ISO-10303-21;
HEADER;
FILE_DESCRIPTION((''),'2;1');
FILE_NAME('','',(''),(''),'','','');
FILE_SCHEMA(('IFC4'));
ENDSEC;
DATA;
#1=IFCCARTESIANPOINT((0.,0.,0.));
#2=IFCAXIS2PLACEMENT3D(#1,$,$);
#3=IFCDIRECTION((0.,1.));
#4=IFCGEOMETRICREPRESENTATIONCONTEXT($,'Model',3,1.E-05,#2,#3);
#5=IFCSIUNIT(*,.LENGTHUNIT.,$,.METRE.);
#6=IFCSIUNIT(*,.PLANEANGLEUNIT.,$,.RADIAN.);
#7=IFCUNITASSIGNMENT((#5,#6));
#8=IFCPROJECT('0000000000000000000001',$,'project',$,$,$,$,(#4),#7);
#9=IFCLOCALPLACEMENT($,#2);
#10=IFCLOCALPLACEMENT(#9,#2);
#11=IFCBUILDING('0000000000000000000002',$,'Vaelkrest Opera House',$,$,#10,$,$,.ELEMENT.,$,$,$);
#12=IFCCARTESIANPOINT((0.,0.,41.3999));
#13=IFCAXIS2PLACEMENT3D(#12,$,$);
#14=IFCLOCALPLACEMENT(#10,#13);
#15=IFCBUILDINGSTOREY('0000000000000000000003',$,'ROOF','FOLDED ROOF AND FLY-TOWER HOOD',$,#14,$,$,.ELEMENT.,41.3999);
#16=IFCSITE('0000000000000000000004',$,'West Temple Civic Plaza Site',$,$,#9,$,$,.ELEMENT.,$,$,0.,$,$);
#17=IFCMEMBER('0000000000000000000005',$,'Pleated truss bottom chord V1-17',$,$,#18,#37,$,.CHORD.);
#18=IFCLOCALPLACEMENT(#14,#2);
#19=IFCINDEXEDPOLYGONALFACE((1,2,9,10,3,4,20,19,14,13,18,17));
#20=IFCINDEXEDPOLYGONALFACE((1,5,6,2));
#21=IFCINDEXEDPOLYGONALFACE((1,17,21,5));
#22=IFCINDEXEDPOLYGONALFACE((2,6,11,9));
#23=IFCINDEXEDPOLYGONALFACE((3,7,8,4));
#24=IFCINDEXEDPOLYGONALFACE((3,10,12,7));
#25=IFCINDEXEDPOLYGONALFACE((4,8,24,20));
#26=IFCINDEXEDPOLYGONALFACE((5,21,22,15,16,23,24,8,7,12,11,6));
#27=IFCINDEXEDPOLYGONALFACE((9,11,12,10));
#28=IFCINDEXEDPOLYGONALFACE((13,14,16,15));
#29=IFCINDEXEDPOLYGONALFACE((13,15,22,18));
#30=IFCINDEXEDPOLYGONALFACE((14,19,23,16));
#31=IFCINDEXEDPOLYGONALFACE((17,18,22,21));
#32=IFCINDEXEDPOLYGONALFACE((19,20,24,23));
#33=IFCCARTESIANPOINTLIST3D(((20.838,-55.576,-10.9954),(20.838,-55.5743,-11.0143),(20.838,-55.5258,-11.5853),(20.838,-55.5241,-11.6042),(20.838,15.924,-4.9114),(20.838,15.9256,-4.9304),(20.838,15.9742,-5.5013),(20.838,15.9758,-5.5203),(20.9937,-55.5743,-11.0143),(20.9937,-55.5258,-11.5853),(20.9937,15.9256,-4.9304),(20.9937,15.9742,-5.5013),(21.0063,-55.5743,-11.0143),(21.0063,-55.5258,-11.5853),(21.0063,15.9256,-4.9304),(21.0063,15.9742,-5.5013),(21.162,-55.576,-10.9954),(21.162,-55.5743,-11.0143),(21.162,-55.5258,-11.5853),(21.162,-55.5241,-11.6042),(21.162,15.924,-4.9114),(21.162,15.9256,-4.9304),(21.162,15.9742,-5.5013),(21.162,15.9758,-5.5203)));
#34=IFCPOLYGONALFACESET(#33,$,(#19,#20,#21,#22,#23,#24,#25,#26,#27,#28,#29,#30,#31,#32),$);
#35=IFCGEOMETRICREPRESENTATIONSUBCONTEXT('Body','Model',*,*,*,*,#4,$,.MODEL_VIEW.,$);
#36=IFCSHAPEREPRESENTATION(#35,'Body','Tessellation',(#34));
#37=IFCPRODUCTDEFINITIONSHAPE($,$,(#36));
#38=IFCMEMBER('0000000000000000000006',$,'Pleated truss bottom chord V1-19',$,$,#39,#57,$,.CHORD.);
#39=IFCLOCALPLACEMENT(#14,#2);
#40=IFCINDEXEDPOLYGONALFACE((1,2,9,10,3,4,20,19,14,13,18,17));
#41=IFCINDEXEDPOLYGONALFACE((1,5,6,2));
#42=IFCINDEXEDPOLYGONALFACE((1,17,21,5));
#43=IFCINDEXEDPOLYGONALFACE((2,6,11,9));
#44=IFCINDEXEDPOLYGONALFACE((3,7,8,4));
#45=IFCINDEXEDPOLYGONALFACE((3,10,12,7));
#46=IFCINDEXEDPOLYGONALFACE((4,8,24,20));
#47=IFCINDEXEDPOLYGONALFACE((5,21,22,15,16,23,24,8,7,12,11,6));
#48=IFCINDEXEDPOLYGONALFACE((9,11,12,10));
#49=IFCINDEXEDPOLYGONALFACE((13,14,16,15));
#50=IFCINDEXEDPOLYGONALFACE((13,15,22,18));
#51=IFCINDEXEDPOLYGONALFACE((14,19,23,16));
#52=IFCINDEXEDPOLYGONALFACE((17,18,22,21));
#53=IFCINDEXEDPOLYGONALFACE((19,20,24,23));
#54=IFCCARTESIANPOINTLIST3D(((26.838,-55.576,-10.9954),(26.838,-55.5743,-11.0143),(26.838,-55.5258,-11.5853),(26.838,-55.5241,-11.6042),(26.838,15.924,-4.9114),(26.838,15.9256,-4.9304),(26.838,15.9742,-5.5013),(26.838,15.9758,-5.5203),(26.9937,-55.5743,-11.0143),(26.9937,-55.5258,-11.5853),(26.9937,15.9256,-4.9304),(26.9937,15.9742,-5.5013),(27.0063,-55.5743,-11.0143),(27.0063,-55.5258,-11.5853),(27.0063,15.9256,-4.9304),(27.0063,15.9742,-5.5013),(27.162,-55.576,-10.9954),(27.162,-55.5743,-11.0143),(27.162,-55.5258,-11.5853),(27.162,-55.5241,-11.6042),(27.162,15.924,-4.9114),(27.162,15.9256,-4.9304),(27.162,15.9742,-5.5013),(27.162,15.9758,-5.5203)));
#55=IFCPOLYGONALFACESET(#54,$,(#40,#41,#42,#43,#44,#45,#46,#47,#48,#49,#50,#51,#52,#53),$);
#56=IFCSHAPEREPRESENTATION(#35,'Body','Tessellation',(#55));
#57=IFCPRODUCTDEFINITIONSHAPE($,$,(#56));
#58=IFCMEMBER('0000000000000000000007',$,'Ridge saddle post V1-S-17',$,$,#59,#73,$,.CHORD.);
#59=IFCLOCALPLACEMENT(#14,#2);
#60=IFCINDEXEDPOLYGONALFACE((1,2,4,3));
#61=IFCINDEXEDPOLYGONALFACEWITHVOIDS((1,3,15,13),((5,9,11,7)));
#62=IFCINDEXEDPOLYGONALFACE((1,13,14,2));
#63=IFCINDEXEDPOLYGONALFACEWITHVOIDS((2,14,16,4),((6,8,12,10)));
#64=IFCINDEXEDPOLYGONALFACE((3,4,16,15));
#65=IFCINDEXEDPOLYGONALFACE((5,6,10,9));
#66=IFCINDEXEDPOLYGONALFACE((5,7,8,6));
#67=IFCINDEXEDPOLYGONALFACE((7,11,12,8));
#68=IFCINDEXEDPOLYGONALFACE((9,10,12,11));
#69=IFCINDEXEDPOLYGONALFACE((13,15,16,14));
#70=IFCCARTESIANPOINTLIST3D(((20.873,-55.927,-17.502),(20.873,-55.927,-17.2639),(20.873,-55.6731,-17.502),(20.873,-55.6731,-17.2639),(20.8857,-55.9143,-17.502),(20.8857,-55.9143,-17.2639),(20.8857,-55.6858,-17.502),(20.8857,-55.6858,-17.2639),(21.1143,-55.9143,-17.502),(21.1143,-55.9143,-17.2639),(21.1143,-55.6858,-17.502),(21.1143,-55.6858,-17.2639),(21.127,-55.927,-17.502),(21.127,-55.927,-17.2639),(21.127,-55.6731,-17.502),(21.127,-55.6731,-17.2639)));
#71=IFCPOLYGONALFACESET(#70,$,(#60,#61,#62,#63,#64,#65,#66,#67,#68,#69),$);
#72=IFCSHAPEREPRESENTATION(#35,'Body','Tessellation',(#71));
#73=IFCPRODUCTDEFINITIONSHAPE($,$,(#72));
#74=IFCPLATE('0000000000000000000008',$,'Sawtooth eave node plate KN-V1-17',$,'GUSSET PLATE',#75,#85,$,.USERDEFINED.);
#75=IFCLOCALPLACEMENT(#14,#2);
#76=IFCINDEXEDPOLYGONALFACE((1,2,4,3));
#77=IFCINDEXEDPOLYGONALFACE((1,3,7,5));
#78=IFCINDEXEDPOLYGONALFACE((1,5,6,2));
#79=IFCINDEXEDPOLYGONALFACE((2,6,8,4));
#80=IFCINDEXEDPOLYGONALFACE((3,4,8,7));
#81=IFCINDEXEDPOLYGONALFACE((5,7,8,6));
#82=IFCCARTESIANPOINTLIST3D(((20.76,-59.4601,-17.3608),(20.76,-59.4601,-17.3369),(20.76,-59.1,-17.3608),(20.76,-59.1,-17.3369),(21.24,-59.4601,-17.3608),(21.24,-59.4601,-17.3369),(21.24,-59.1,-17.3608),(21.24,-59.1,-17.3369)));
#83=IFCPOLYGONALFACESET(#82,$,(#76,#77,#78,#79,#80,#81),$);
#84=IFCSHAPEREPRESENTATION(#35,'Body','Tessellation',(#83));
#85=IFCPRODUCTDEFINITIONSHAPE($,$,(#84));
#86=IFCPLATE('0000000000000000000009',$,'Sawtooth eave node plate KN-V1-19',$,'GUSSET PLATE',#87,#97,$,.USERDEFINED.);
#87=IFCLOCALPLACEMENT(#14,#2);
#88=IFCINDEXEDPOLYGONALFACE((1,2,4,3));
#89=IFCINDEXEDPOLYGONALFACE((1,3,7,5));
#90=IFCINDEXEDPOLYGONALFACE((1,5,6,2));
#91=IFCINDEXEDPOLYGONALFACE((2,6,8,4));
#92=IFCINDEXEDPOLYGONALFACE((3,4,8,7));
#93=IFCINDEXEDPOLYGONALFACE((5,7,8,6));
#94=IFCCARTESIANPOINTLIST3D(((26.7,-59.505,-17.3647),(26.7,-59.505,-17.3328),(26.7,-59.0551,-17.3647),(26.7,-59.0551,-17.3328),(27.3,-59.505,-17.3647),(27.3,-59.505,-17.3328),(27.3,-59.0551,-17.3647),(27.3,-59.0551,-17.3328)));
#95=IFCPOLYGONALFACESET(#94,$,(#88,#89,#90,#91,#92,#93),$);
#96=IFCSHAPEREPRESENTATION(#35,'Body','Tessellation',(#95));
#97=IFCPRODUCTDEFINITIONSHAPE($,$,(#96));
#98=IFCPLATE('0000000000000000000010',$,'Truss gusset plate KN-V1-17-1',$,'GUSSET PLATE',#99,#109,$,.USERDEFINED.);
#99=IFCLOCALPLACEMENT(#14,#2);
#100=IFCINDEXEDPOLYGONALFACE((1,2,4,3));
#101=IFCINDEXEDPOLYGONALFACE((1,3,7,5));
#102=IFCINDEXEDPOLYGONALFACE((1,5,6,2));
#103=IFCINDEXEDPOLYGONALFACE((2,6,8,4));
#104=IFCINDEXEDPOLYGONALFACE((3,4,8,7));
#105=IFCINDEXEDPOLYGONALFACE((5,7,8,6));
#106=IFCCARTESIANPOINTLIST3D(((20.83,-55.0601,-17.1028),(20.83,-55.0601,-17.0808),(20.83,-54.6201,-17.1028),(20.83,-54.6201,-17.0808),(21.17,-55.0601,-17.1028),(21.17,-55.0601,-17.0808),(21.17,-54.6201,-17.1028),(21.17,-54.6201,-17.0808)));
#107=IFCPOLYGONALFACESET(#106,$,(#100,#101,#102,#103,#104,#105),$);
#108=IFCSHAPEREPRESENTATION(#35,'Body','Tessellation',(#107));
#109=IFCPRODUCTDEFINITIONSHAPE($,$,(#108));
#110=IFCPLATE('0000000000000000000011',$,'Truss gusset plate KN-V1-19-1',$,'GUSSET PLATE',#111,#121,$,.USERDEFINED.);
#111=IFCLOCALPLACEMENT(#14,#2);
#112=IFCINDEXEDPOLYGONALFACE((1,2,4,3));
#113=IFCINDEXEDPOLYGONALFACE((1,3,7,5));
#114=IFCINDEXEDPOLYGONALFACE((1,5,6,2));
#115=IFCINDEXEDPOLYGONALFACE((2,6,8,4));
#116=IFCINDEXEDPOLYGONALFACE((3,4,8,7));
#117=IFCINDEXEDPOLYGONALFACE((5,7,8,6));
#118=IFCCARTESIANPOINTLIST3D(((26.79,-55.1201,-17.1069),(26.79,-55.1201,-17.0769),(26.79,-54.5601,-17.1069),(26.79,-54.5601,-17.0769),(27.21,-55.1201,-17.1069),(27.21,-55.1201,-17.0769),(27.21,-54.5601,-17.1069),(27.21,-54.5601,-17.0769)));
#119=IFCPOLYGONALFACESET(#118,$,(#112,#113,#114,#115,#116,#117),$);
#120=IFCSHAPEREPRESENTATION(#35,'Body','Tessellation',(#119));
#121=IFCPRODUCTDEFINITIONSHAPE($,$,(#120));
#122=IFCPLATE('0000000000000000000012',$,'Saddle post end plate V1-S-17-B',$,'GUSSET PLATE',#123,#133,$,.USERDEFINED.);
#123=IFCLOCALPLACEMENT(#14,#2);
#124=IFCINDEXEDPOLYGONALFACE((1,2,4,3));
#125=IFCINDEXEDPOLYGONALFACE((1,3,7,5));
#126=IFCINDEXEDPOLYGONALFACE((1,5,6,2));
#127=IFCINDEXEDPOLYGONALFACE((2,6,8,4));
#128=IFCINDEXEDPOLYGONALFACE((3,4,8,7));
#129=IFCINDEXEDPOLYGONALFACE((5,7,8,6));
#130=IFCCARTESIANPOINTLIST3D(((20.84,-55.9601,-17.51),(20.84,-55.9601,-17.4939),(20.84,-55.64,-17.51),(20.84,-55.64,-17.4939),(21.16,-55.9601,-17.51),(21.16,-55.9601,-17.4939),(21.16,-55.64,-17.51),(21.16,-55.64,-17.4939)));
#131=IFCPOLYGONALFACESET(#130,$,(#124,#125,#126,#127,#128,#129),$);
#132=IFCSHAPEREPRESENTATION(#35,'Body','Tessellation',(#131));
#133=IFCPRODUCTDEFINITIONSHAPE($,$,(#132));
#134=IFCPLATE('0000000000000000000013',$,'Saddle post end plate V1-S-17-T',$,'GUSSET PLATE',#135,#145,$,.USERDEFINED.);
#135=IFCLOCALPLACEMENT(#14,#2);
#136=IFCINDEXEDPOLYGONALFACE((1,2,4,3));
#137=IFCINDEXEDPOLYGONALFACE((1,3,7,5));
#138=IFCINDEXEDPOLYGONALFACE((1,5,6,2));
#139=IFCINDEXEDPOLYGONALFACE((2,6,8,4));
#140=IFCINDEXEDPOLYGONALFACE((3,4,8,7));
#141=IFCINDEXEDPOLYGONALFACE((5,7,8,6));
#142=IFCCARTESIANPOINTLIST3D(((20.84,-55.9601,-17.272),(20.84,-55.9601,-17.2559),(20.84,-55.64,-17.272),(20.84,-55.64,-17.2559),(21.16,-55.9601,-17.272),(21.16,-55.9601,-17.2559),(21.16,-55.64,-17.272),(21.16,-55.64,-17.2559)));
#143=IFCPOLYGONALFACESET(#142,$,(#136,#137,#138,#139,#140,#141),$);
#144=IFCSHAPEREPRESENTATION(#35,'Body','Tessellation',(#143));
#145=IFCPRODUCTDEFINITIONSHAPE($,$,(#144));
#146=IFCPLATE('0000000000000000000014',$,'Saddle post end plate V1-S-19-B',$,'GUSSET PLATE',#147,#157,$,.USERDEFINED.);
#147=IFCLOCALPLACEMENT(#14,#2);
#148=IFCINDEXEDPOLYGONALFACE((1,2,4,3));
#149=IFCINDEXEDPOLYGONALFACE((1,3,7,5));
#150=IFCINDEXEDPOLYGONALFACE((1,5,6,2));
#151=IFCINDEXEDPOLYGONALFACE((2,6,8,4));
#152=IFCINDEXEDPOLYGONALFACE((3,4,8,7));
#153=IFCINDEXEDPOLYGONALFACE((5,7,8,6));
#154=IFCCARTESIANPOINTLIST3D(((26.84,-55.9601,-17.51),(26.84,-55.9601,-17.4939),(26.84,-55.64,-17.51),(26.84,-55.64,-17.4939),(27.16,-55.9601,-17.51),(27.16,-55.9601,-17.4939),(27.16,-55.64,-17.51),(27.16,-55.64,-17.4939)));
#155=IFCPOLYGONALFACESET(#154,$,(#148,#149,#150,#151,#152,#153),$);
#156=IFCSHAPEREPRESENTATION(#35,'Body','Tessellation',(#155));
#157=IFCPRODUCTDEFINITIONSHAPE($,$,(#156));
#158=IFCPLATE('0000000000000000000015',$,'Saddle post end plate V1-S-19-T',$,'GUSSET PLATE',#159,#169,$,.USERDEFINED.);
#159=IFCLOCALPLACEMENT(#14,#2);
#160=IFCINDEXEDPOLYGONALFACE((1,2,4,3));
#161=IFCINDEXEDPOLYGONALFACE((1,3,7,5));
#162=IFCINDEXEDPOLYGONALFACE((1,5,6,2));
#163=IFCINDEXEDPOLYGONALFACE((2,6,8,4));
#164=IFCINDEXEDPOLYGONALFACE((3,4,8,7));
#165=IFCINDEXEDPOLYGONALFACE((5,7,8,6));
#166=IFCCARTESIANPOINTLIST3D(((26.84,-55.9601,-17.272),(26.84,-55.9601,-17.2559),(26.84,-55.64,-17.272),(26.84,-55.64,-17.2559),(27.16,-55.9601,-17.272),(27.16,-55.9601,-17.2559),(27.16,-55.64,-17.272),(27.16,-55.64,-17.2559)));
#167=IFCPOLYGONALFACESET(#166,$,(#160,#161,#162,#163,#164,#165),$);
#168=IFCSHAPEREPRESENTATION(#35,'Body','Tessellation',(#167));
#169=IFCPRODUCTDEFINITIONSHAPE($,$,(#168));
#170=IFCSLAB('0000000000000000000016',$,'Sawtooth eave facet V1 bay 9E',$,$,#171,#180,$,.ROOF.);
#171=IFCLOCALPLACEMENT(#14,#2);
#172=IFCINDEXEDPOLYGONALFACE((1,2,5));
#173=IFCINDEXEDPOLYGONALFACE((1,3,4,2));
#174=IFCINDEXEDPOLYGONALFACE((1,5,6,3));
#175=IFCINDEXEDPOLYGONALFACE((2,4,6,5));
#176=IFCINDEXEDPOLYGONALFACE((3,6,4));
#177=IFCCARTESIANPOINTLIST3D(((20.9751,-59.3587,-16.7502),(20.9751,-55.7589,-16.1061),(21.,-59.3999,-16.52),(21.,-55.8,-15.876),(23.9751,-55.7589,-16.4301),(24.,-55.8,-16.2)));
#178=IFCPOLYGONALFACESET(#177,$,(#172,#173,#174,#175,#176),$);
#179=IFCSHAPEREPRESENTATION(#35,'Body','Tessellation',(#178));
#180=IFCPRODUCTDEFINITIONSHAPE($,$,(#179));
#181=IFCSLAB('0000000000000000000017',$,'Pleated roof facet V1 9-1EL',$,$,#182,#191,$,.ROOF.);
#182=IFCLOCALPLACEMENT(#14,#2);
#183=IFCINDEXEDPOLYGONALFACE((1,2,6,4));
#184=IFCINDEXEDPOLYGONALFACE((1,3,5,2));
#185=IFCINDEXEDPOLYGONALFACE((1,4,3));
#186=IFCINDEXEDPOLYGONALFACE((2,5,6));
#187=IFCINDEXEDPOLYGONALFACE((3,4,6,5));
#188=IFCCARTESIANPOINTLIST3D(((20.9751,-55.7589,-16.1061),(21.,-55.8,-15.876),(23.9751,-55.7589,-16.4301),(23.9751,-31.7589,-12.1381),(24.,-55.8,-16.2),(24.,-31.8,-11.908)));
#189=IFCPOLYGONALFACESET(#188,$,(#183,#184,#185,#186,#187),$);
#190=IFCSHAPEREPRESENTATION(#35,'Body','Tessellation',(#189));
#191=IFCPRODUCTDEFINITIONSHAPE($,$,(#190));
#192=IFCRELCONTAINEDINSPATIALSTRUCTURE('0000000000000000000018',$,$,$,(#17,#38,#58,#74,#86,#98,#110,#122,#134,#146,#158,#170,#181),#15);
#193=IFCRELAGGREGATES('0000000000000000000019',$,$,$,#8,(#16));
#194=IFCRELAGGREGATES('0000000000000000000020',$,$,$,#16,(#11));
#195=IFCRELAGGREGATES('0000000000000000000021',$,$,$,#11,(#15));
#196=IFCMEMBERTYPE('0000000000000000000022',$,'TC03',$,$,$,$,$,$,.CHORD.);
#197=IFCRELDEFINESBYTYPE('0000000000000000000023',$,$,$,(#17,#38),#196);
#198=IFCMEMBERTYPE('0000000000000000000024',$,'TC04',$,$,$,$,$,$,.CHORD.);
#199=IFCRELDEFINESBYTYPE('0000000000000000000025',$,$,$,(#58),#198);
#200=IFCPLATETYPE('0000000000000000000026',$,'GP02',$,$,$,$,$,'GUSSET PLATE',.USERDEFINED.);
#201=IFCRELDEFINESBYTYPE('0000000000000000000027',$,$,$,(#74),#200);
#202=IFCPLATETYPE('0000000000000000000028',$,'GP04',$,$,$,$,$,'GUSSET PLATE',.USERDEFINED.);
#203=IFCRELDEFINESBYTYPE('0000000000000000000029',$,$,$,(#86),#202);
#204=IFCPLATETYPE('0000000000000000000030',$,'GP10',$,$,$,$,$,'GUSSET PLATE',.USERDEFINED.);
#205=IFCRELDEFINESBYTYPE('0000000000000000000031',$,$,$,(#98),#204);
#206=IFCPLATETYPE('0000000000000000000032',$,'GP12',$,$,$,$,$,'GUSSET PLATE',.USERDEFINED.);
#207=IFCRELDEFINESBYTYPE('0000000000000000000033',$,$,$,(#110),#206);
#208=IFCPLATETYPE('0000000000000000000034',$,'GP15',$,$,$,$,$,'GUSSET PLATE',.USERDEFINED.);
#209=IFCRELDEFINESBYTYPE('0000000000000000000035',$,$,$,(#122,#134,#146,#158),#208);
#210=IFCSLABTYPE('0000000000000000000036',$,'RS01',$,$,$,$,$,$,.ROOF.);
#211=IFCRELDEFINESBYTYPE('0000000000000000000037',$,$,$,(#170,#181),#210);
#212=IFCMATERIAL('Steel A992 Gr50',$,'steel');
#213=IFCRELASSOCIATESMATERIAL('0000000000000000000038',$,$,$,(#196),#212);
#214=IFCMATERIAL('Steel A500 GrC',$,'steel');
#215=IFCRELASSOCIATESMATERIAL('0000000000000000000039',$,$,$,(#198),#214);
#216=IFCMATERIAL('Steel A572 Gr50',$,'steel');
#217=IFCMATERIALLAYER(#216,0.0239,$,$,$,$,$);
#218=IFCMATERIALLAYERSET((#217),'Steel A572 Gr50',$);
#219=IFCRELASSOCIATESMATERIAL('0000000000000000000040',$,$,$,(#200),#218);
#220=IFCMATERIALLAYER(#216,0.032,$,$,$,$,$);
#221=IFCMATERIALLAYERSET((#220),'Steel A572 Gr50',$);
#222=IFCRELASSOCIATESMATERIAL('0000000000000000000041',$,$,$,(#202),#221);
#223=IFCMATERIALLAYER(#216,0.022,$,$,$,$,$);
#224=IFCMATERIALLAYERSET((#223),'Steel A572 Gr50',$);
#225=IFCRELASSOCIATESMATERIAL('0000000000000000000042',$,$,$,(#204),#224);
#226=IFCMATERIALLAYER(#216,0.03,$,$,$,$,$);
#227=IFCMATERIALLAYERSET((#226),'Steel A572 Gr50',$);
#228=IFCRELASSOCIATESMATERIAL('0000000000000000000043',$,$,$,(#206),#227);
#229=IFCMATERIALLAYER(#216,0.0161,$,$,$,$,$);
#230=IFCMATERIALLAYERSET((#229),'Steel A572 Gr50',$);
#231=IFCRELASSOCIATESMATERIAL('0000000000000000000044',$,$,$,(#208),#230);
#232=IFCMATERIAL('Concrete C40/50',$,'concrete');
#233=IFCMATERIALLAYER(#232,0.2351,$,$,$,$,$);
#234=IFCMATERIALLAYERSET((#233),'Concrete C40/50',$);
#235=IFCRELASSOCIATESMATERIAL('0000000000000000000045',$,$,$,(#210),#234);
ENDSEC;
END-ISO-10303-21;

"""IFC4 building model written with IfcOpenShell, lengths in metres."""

from ifc_helpers import new_model, si_unit, direction, frame, origin, origin_2d, place, context, subcontext, project, spatial, polyline, rectangle, hollow_rectangle, i_section, outline, extrude, material, layer, layer_set, material_profile, profile_set, type_object, element, save


model = new_model("IFC4")

# Units and contexts
model_context = context("Model", 3, precision=1e-05, world=origin(), true_north=direction((0.0, 1.0)))
body_context = subcontext(model_context, "Body", "Model", "MODEL_VIEW")
ifc_project = project(units=[si_unit("LENGTHUNIT", "METRE"), si_unit("PLANEANGLEUNIT", "RADIAN")], contexts=[model_context])

# Site, building, storey
site_placement = place(None, origin())
site = spatial("IfcSite", under=ifc_project, at=site_placement, Name="West Temple Civic Plaza Site", CompositionType="ELEMENT", RefElevation=0.0)
building_placement = place(site_placement, origin())
building = spatial("IfcBuilding", under=site, at=building_placement, Name="Vaelkrest Opera House", CompositionType="ELEMENT")
storey_placement = place(building_placement, frame((0.0, 0.0, 41.3999)))
storey = spatial("IfcBuildingStorey", under=building, at=storey_placement, Name="ROOF", Description="FOLDED ROOF AND FLY-TOWER HOOD", CompositionType="ELEMENT", Elevation=41.3999)

# Shared definitions
ifc_material_1 = material(Name="Steel A992 Gr50", Category="steel")

# Members
ifc_material_2 = material(Name="Steel A500 GrC", Category="steel")
ifc_material_profile_1 = material_profile(ifc_material_1, i_section(OverallWidth=0.324, OverallDepth=0.6111, WebThickness=0.0127, FlangeThickness=0.019, at=origin_2d()), Name="W24X104")
ifc_profile_set_1 = profile_set([ifc_material_profile_1], Name="Steel A992 Gr50")
member_type_1 = type_object("IfcMemberType", Name="TC03", PredefinedType="CHORD", material=ifc_profile_set_1)
for number, where, z_axis, x_axis, name in (
    (1, (21.0, -55.55, -11.2998), (0.0, 0.996399, 0.084784), (-1.0, 0.0, 0.0), "Pleated truss bottom chord V1-17"),
    (2, (27.0, -55.55, -11.2998), (0.0, 0.996399, 0.084784), (-1.0, 0.0, 0.0), "Pleated truss bottom chord V1-19"),
):
    element("IfcMember", number, at=place(storey_placement, frame(where, z_axis=z_axis, x_axis=x_axis)), inside=storey, type_object=member_type_1, Name=name, PredefinedType="CHORD", context=body_context, shape_type="SweptSolid", body=[
        extrude(i_section(OverallWidth=0.324, OverallDepth=0.6111, WebThickness=0.0127, FlangeThickness=0.019, at=origin_2d()), origin(), (0.0, 0.0, 1.0), 71.7583),
    ])
ifc_material_profile_2 = material_profile(ifc_material_2, hollow_rectangle(XDim=0.2539, YDim=0.2539, WallThickness=0.0127, at=origin_2d()), Name="HSS254X254X12.7")
ifc_profile_set_2 = profile_set([ifc_material_profile_2], Name="Steel A500 GrC")
member_type_2 = type_object("IfcMemberType", Name="TC04", PredefinedType="CHORD", material=ifc_profile_set_2)
member_1_placement = place(storey_placement, frame((21.0, -55.8, -17.502), z_axis=(0.0, 0.0, 1.0), x_axis=(1.0, 0.0, 0.0)))
element("IfcMember", 3, at=member_1_placement, inside=storey, type_object=member_type_2, Name="Ridge saddle post V1-S-17", PredefinedType="CHORD", context=body_context, shape_type="SweptSolid", body=[
    extrude(hollow_rectangle(XDim=0.2539, YDim=0.2539, WallThickness=0.0127, at=origin_2d()), origin(), (0.0, 0.0, 1.0), 0.238),
])

# Plates
ifc_material_3 = material(Name="Steel A572 Gr50", Category="steel")
ifc_layer_1 = layer(ifc_material_3, 0.0239)
ifc_layer_set_1 = layer_set([ifc_layer_1], Name="Steel A572 Gr50")
plate_type_1 = type_object("IfcPlateType", Name="GP02", ElementType="GUSSET PLATE", PredefinedType="USERDEFINED", material=ifc_layer_set_1)
plate_1_placement = place(storey_placement, frame((21.0, -59.28, -17.3608), z_axis=(0.0, 0.0, 1.0), x_axis=(1.0, 0.0, 0.0)))
element("IfcPlate", 4, at=plate_1_placement, inside=storey, type_object=plate_type_1, Name="Sawtooth eave node plate KN-V1-17", ObjectType="GUSSET PLATE", PredefinedType="USERDEFINED", context=body_context, shape_type="SweptSolid", body=[
    extrude(rectangle(XDim=0.48, YDim=0.3601, at=origin_2d()), origin(), (0.0, 0.0, 1.0), 0.0239),
])
ifc_layer_2 = layer(ifc_material_3, 0.032)
ifc_layer_set_2 = layer_set([ifc_layer_2], Name="Steel A572 Gr50")
plate_type_2 = type_object("IfcPlateType", Name="GP04", ElementType="GUSSET PLATE", PredefinedType="USERDEFINED", material=ifc_layer_set_2)
plate_2_placement = place(storey_placement, frame((27.0, -59.28, -17.3647), z_axis=(0.0, 0.0, 1.0), x_axis=(1.0, 0.0, 0.0)))
element("IfcPlate", 5, at=plate_2_placement, inside=storey, type_object=plate_type_2, Name="Sawtooth eave node plate KN-V1-19", ObjectType="GUSSET PLATE", PredefinedType="USERDEFINED", context=body_context, shape_type="SweptSolid", body=[
    extrude(rectangle(XDim=0.6001, YDim=0.45, at=origin_2d()), origin(), (0.0, 0.0, 1.0), 0.032),
])
ifc_layer_3 = layer(ifc_material_3, 0.022)
ifc_layer_set_3 = layer_set([ifc_layer_3], Name="Steel A572 Gr50")
plate_type_3 = type_object("IfcPlateType", Name="GP10", ElementType="GUSSET PLATE", PredefinedType="USERDEFINED", material=ifc_layer_set_3)
plate_3_placement = place(storey_placement, frame((21.0, -54.8401, -17.1028), z_axis=(0.0, 0.0, 1.0), x_axis=(0.0, 1.0, 0.0)))
element("IfcPlate", 6, at=plate_3_placement, inside=storey, type_object=plate_type_3, Name="Truss gusset plate KN-V1-17-1", ObjectType="GUSSET PLATE", PredefinedType="USERDEFINED", context=body_context, shape_type="SweptSolid", body=[
    extrude(rectangle(XDim=0.4399, YDim=0.3401, at=origin_2d()), origin(), (0.0, 0.0, 1.0), 0.022),
])
ifc_layer_4 = layer(ifc_material_3, 0.03)
ifc_layer_set_4 = layer_set([ifc_layer_4], Name="Steel A572 Gr50")
plate_type_4 = type_object("IfcPlateType", Name="GP12", ElementType="GUSSET PLATE", PredefinedType="USERDEFINED", material=ifc_layer_set_4)
plate_4_placement = place(storey_placement, frame((27.0, -54.8401, -17.1069), z_axis=(0.0, 0.0, 1.0), x_axis=(0.0, 1.0, 0.0)))
element("IfcPlate", 7, at=plate_4_placement, inside=storey, type_object=plate_type_4, Name="Truss gusset plate KN-V1-19-1", ObjectType="GUSSET PLATE", PredefinedType="USERDEFINED", context=body_context, shape_type="SweptSolid", body=[
    extrude(rectangle(XDim=0.5601, YDim=0.4199, at=origin_2d()), origin(), (0.0, 0.0, 1.0), 0.03),
])
ifc_layer_5 = layer(ifc_material_3, 0.0161)
ifc_layer_set_5 = layer_set([ifc_layer_5], Name="Steel A572 Gr50")
plate_type_5 = type_object("IfcPlateType", Name="GP15", ElementType="GUSSET PLATE", PredefinedType="USERDEFINED", material=ifc_layer_set_5)
for number, where, z_axis, x_axis, name in (
    (8, (21.0, -55.8, -17.51), (0.0, 0.0, 1.0), (1.0, 0.0, 0.0), "Saddle post end plate V1-S-17-B"),
    (9, (21.0, -55.8, -17.272), (0.0, 0.0, 1.0), (1.0, 0.0, 0.0), "Saddle post end plate V1-S-17-T"),
    (10, (27.0, -55.8, -17.51), (0.0, 0.0, 1.0), (1.0, 0.0, 0.0), "Saddle post end plate V1-S-19-B"),
    (11, (27.0, -55.8, -17.272), (0.0, 0.0, 1.0), (1.0, 0.0, 0.0), "Saddle post end plate V1-S-19-T"),
):
    element("IfcPlate", number, at=place(storey_placement, frame(where, z_axis=z_axis, x_axis=x_axis)), inside=storey, type_object=plate_type_5, Name=name, ObjectType="GUSSET PLATE", PredefinedType="USERDEFINED", context=body_context, shape_type="SweptSolid", body=[
        extrude(rectangle(XDim=0.3201, YDim=0.3201, at=origin_2d()), origin(), (0.0, 0.0, 1.0), 0.0161),
    ])

# Slabs
ifc_material_4 = material(Name="Concrete C40/50", Category="concrete")
ifc_layer_6 = layer(ifc_material_4, 0.2351)
ifc_layer_set_6 = layer_set([ifc_layer_6], Name="Concrete C40/50")
slab_type = type_object("IfcSlabType", Name="RS01", PredefinedType="ROOF", material=ifc_layer_set_6)
slab_1_placement = place(storey_placement, frame((21.0, -55.8, -15.876), z_axis=(0.105708, -0.175125, 0.978855), x_axis=(0.0, -0.98437, -0.176112)))
element("IfcSlab", 12, at=slab_1_placement, inside=storey, type_object=slab_type, Name="Sawtooth eave facet V1 bay 9E", PredefinedType="ROOF", context=body_context, shape_type="SweptSolid", body=[
    extrude(outline(polyline([(0.0, 0.0), (3.657, 0.0), (0.0571, 3.0169), (0.0, 0.0)])), origin(), (0.0, 0.0, -1.0), 0.2351),
])
slab_2_placement = place(storey_placement, frame((21.0, -55.8, -15.876), z_axis=(0.105709, -0.175054, 0.978868), x_axis=(0.994219, 0.0, -0.107367)))
element("IfcSlab", 13, at=slab_2_placement, inside=storey, type_object=slab_type, Name="Pleated roof facet V1 9-1EL", PredefinedType="ROOF", context=body_context, shape_type="SweptSolid", body=[
    extrude(outline(polyline([(0.0, 0.0), (3.0174, 0.0), (2.5566, 24.3764), (0.0, 0.0)])), origin(), (0.0, 0.0, -1.0), 0.2351),
])

save(model, "model.ifc")
